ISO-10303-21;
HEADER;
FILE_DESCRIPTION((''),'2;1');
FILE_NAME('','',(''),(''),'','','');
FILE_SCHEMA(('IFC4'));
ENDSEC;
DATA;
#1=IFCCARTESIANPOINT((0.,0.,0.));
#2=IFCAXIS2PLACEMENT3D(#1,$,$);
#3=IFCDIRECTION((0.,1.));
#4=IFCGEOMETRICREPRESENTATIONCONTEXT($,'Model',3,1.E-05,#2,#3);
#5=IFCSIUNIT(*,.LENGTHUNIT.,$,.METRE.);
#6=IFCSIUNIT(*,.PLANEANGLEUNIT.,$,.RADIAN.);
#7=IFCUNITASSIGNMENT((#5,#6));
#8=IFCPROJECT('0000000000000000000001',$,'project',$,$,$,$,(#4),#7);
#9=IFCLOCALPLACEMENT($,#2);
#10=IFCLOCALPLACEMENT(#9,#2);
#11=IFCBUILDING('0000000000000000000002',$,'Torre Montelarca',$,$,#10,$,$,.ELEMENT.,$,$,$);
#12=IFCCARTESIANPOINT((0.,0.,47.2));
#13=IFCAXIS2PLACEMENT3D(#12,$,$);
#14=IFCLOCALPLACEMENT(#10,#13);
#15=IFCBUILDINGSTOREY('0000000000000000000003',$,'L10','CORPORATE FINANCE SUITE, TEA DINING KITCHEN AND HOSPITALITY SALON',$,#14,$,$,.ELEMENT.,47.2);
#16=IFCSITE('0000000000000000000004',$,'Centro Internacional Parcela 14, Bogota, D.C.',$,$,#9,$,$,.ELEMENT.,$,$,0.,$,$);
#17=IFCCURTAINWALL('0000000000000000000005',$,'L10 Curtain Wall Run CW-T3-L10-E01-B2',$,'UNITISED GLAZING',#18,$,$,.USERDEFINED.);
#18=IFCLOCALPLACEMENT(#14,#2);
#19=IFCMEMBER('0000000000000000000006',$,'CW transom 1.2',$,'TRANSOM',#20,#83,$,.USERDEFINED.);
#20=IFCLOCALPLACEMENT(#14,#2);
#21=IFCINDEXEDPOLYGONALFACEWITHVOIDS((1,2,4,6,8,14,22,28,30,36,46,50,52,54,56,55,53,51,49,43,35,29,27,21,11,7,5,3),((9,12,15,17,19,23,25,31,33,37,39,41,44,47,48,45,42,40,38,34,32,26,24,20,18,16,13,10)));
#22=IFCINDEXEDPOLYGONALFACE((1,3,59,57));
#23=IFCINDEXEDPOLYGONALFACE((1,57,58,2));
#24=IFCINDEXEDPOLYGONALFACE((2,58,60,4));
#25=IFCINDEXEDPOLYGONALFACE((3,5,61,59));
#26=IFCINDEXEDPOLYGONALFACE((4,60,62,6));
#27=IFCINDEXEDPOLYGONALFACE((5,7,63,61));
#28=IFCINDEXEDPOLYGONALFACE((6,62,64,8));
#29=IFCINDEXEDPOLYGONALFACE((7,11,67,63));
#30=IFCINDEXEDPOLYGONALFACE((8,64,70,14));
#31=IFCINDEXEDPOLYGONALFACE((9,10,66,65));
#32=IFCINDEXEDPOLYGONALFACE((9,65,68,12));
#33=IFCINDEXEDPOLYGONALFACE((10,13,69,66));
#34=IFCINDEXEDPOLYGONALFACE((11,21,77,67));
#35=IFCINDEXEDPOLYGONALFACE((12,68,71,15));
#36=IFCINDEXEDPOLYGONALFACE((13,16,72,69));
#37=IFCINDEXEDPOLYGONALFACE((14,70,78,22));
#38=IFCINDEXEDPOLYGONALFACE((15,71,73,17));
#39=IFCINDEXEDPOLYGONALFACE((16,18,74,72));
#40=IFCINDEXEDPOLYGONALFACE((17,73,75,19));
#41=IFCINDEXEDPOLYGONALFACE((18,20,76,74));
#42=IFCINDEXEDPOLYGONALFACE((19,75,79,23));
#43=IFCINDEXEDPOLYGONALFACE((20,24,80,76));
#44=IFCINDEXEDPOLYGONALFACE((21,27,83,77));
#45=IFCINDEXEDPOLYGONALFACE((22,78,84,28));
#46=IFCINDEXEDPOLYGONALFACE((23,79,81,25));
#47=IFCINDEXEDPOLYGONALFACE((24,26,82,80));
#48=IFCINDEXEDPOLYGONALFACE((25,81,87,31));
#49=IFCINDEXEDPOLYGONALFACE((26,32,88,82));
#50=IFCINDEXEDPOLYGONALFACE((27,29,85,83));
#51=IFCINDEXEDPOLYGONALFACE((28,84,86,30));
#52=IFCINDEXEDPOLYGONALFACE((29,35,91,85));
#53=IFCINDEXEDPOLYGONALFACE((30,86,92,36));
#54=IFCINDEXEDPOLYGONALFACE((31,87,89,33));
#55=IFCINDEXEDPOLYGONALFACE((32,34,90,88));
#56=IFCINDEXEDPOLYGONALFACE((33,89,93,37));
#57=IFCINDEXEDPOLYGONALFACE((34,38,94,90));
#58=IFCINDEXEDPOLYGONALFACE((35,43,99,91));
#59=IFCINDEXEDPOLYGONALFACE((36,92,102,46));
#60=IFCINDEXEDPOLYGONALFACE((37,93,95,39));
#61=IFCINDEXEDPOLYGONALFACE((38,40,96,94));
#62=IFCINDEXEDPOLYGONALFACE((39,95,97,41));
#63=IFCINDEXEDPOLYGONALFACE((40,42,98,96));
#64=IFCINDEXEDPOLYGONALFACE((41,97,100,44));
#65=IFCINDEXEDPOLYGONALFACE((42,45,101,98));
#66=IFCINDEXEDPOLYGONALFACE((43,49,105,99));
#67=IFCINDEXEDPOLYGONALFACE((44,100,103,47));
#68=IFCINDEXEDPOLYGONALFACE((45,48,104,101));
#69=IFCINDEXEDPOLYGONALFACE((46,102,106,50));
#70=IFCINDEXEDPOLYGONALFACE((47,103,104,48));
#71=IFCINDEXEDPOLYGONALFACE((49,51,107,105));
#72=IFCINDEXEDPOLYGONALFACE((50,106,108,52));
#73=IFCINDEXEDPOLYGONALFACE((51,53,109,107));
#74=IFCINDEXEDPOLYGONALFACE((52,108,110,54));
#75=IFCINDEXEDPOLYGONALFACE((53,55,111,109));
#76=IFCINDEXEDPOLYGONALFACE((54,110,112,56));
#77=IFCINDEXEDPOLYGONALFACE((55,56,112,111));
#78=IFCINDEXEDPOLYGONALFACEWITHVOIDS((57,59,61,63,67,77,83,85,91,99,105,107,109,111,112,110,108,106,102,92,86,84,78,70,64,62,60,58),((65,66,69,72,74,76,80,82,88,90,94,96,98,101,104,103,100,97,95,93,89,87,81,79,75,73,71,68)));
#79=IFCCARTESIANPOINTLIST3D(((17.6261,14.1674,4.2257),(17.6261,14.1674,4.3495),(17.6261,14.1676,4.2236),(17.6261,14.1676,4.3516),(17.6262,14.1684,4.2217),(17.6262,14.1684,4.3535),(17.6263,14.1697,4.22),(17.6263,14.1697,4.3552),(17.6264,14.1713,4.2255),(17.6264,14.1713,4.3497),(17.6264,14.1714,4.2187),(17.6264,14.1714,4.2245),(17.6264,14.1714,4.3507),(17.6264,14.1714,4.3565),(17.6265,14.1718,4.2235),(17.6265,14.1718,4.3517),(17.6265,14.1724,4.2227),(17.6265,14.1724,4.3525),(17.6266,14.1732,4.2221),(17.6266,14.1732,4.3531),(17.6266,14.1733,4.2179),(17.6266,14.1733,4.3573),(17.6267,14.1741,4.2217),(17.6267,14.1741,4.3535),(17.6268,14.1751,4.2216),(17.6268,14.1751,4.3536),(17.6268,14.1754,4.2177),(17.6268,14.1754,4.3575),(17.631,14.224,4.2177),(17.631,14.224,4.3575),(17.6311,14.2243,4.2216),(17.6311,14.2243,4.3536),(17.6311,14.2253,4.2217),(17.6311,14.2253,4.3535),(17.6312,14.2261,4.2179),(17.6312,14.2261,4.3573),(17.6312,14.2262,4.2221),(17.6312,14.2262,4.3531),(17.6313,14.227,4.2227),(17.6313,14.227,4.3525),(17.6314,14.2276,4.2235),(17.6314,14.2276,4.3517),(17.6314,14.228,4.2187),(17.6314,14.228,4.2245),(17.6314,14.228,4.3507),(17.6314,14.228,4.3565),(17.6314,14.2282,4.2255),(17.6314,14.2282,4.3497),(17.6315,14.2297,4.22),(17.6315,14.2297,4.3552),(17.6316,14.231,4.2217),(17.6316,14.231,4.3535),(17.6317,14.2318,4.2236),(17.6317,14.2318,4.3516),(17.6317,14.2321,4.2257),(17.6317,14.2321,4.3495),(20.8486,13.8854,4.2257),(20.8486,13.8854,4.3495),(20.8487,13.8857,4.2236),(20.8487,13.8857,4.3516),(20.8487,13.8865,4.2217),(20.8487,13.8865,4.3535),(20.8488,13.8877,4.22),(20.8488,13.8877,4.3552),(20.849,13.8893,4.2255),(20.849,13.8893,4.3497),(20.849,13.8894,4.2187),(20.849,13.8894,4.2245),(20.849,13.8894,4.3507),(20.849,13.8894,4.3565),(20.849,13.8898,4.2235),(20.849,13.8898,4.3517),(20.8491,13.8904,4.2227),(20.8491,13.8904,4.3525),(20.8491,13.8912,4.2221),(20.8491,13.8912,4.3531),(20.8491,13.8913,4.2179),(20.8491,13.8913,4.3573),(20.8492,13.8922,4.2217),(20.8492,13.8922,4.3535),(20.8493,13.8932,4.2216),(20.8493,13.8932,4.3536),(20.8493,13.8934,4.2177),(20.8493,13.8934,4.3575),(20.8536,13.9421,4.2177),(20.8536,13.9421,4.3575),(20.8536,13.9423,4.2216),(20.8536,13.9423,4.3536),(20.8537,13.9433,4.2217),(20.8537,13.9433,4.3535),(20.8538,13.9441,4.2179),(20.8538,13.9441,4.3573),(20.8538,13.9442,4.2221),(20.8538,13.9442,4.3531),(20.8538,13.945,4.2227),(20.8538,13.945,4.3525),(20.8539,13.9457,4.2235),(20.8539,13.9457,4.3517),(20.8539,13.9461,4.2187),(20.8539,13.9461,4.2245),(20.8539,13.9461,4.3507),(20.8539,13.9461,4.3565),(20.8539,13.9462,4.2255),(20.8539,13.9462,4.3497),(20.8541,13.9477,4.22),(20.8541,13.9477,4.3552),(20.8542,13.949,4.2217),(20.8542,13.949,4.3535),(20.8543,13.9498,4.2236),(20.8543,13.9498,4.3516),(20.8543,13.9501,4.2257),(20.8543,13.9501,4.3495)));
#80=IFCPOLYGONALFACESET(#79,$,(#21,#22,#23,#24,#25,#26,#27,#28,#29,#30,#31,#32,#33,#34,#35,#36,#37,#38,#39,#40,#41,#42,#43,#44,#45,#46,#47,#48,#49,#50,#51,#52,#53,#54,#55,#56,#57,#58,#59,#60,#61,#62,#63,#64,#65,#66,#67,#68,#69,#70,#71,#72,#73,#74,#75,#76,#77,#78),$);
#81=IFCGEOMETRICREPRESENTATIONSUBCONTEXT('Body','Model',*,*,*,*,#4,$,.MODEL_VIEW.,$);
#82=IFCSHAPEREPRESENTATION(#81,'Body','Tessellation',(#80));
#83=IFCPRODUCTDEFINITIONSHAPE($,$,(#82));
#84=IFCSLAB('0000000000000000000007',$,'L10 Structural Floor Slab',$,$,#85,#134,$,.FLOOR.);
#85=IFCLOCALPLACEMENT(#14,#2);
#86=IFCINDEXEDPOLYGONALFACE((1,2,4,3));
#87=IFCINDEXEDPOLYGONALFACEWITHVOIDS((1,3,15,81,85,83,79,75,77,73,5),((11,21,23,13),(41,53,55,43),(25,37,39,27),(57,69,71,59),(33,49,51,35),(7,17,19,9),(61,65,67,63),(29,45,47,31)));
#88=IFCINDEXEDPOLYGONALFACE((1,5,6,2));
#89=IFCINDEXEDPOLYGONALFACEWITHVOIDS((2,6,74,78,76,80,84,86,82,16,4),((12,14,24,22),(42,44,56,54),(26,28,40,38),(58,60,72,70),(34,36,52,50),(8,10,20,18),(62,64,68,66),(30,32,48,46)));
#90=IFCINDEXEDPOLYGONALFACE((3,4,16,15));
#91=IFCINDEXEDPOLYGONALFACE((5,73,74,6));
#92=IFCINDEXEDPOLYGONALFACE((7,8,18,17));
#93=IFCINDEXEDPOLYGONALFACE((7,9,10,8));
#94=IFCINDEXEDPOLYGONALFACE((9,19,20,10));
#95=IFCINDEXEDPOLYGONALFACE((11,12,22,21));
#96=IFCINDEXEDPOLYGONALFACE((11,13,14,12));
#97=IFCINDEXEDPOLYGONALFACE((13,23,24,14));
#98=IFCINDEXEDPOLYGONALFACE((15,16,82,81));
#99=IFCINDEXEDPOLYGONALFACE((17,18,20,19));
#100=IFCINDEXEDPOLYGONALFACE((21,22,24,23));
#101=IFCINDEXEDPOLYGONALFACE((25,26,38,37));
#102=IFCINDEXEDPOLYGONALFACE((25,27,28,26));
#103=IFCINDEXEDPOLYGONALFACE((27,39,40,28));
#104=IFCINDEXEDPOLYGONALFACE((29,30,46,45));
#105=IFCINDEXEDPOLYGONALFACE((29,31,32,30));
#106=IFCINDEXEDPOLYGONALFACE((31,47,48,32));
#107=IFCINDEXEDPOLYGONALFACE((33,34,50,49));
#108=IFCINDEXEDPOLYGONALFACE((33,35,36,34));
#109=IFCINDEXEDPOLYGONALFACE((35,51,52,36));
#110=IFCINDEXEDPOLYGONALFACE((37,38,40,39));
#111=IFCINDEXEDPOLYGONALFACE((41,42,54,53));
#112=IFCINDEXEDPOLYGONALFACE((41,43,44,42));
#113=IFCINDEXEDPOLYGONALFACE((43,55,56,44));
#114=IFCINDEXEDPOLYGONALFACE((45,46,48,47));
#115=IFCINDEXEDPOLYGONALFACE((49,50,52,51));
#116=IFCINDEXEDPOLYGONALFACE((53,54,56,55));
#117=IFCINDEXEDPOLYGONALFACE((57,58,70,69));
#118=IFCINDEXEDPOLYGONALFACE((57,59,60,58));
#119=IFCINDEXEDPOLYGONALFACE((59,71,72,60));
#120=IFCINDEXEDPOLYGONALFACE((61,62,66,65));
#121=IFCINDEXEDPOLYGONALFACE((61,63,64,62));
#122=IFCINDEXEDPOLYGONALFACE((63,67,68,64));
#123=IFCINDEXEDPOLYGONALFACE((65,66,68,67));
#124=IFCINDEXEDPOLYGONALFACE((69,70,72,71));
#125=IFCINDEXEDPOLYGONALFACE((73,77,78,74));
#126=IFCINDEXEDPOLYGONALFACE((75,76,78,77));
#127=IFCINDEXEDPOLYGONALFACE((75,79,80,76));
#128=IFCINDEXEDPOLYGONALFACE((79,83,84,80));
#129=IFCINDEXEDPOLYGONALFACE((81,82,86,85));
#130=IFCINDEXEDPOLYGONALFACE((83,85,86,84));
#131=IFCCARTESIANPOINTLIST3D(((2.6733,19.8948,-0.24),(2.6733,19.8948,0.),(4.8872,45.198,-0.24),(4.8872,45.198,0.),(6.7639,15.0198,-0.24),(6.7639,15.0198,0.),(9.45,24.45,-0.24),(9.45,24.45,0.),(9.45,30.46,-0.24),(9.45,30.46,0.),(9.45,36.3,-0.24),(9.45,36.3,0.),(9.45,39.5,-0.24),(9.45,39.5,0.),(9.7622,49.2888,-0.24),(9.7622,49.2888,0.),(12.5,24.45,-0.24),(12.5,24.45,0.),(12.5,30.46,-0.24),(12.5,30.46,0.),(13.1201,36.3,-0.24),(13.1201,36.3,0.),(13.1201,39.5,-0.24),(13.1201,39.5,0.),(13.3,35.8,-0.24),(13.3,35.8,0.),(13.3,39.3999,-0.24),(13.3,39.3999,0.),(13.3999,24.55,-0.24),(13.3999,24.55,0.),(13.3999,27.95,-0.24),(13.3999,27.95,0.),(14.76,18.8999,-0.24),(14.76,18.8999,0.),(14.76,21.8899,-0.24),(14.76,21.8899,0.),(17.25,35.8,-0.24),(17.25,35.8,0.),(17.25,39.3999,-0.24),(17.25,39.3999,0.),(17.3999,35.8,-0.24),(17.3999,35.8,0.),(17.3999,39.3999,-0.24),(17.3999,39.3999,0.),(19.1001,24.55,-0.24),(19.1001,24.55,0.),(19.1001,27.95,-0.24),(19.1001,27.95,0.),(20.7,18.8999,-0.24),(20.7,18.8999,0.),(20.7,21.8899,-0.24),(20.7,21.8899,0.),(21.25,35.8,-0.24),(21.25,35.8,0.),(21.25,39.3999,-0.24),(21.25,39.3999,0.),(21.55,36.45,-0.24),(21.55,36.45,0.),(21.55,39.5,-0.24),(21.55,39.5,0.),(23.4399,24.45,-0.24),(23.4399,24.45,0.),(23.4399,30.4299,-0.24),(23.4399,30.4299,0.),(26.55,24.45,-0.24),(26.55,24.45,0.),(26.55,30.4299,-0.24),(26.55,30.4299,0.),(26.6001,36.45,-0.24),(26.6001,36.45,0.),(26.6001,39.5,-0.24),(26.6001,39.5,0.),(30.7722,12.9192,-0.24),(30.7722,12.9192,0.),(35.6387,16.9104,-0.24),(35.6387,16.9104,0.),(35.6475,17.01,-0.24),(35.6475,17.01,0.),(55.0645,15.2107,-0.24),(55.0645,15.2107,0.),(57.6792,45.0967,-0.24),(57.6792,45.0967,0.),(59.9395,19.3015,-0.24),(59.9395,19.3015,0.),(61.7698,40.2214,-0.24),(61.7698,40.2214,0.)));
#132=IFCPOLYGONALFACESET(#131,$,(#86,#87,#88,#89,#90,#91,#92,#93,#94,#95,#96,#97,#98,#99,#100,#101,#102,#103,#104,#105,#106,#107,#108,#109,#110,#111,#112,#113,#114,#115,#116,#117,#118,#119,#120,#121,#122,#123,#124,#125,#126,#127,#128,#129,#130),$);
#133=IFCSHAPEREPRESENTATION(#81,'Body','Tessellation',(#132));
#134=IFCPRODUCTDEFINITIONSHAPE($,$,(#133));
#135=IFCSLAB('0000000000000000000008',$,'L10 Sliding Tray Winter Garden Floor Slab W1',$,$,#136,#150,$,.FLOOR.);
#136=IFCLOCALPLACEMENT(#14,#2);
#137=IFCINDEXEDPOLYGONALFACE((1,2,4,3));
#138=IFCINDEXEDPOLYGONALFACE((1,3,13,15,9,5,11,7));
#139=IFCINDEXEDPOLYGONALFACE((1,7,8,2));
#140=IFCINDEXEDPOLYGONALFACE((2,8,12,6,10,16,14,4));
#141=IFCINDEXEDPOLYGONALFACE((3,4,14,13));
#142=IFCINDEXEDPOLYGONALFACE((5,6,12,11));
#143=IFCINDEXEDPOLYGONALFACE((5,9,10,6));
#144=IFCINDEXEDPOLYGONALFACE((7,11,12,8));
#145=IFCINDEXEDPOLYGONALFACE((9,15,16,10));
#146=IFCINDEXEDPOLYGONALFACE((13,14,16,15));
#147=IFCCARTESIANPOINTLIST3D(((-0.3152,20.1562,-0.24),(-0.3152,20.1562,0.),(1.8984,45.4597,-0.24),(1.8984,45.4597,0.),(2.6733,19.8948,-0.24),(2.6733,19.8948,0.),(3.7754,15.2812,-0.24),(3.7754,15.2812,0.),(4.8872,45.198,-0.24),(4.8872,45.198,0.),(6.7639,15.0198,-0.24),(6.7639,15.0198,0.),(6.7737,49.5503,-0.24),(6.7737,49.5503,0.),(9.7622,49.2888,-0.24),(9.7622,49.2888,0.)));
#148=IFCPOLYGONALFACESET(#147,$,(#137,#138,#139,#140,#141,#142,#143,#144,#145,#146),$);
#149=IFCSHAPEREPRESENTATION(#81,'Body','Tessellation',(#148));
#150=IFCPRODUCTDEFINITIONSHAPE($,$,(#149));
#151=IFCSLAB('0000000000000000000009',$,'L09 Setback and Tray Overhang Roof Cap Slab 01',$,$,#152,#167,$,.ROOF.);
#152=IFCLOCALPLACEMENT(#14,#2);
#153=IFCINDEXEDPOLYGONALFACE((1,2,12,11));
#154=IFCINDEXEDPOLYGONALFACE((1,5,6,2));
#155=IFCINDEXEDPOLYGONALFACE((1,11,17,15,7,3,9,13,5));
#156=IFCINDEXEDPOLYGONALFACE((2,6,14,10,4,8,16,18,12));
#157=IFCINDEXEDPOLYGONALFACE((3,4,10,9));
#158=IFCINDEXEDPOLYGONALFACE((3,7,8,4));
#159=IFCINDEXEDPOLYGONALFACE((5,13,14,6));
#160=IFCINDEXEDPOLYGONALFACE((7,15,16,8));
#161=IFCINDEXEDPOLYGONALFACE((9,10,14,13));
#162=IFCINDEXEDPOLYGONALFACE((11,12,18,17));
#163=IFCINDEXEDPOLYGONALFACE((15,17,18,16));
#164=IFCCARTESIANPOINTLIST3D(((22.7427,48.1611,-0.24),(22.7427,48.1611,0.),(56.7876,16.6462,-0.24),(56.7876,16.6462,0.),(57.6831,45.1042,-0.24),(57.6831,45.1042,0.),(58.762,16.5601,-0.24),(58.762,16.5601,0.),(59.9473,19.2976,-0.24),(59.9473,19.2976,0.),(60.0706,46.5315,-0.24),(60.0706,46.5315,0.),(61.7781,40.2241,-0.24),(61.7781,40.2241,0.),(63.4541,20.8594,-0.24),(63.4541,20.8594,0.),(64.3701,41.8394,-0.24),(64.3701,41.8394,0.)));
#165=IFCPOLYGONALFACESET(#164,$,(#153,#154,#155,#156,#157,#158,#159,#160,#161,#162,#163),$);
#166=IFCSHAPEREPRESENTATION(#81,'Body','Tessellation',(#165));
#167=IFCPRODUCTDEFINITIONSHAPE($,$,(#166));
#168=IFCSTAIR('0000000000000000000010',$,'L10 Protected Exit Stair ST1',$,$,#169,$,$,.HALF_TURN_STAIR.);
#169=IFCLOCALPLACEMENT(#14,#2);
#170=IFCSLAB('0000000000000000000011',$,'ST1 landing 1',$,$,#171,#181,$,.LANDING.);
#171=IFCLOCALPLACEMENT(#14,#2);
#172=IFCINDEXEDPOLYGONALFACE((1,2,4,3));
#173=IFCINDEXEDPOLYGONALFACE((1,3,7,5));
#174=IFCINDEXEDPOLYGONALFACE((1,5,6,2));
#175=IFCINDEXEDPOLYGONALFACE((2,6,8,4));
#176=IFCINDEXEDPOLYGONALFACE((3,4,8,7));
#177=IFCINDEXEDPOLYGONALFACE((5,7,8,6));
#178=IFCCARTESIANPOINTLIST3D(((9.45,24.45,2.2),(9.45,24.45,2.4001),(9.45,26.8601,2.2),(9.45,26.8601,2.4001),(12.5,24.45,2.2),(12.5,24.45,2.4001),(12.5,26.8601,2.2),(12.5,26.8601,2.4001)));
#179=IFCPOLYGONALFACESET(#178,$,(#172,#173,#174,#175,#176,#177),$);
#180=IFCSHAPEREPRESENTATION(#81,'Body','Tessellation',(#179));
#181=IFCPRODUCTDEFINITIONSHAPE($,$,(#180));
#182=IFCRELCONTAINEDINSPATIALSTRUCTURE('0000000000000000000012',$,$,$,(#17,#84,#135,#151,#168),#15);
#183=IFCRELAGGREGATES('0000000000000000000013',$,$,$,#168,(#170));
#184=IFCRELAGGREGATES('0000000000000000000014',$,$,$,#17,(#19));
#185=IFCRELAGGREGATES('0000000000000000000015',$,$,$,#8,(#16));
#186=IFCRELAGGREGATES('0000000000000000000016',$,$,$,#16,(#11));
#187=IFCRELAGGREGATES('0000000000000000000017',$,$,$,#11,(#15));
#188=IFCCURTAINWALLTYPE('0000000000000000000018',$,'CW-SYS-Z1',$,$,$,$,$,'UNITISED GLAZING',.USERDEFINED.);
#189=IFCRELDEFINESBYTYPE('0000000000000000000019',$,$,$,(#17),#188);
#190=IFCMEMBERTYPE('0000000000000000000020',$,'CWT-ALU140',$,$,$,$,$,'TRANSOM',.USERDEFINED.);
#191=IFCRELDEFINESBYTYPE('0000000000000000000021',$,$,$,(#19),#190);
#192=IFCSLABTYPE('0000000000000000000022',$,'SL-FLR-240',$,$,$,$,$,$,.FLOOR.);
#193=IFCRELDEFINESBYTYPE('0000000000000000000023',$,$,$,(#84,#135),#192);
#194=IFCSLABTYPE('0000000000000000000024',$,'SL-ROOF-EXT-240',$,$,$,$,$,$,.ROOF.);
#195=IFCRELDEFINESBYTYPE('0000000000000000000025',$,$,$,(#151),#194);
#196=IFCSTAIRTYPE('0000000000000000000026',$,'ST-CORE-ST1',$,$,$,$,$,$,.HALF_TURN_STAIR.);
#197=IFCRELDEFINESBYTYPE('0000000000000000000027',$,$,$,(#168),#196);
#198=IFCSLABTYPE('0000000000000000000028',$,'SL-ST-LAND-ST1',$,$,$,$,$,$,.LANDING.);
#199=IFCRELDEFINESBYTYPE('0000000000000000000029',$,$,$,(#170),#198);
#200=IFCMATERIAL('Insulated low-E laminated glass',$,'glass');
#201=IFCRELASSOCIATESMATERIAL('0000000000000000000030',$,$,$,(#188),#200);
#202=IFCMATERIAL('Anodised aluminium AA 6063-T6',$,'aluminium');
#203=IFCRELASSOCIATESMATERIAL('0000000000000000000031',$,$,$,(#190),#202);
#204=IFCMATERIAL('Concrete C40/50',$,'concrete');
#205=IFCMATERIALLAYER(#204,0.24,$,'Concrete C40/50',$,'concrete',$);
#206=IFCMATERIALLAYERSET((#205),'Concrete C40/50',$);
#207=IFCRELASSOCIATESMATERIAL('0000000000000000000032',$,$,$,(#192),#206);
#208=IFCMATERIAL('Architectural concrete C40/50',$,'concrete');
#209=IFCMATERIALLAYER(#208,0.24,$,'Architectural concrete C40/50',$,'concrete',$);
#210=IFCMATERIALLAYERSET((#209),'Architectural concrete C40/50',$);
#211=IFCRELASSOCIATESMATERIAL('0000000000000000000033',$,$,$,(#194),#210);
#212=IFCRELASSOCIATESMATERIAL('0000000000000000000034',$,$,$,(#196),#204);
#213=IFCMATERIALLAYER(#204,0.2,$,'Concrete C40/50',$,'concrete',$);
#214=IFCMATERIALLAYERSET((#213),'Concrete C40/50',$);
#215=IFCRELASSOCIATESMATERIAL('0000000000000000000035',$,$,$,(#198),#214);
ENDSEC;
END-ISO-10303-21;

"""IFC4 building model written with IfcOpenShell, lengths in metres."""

from ifc_helpers import new_model, si_unit, direction, frame, origin, origin_2d, place, context, subcontext, project, spatial, polyline, hollow_rectangle, outline, extrude, source, transform, mapped, material, layer, layer_set, material_profile, profile_set, type_object, element, aggregate, save


model = new_model("IFC4")

# Units and contexts
model_context = context("Model", 3, precision=1e-05, world=origin(), true_north=direction((0.0, 1.0)))
body_context = subcontext(model_context, "Body", "Model", "MODEL_VIEW")
ifc_project = project(units=[si_unit("LENGTHUNIT", "METRE"), si_unit("PLANEANGLEUNIT", "RADIAN")], contexts=[model_context])

# Site, building, storey
site_placement = place(None, origin())
site = spatial("IfcSite", under=ifc_project, at=site_placement, Name="Centro Internacional Parcela 14, Bogota, D.C.", CompositionType="ELEMENT", RefElevation=0.0)
building_placement = place(site_placement, origin())
building = spatial("IfcBuilding", under=site, at=building_placement, Name="Torre Montelarca", CompositionType="ELEMENT")
storey_placement = place(building_placement, frame((0.0, 0.0, 47.2)))
storey = spatial("IfcBuildingStorey", under=building, at=storey_placement, Name="L10", Description="CORPORATE FINANCE SUITE, TEA DINING KITCHEN AND HOSPITALITY SALON", CompositionType="ELEMENT", Elevation=47.2)

# Curtain wall
ifc_material_1 = material(Name="Insulated low-E laminated glass", Category="glass")
curtain_wall_type = type_object("IfcCurtainWallType", Name="CW-SYS-Z1", ElementType="UNITISED GLAZING", PredefinedType="USERDEFINED", material=ifc_material_1)
ifc_material_2 = material(Name="Anodised aluminium AA 6063-T6", Category="aluminium")
curtain_wall_1_placement = place(storey_placement, origin())
curtain_wall_1 = element("IfcCurtainWall", 1, at=curtain_wall_1_placement, inside=storey, type_object=curtain_wall_type, Name="L10 Curtain Wall Run CW-T3-L10-E01-B2", ObjectType="UNITISED GLAZING", PredefinedType="USERDEFINED")

# Member
ifc_material_profile_1 = material_profile(ifc_material_2, hollow_rectangle(XDim=0.0649, YDim=0.1399, WallThickness=0.0039, InnerFilletRadius=0.0039, OuterFilletRadius=0.0081, at=origin_2d()), Name="ALU65X140X4", Category="aluminium")
ifc_profile_set_1 = profile_set([ifc_material_profile_1], Name="Anodised aluminium AA 6063-T6")
member_type_1 = type_object("IfcMemberType", Name="CWT-ALU140", ElementType="TRANSOM", PredefinedType="USERDEFINED", material=ifc_profile_set_1)
shared_shape_1 = source(origin(), body_context, "Body", "SweptSolid", [
    extrude(hollow_rectangle(XDim=0.0649, YDim=0.1399, WallThickness=0.0039, InnerFilletRadius=0.0039, OuterFilletRadius=0.0081, at=origin_2d()), origin(), (0.0, 0.0, 1.0), 3.2349),
])
member_1_placement = place(storey_placement, frame((17.6289, 14.1997, 4.2876), z_axis=(0.996194, -0.087167, 0.0), x_axis=(0.087167, 0.996194, 0.0)))
member_1 = element("IfcMember", 2, at=member_1_placement, type_object=member_type_1, Name="CW transom 1.2", ObjectType="TRANSOM", PredefinedType="USERDEFINED", context=body_context, shape_type="MappedRepresentation", body=[
    mapped(shared_shape_1, transform((0.0, 0.0, 0.0), scale=1.0)),
])

# Slabs
ifc_material_3 = material(Name="Concrete C40/50", Category="concrete")
ifc_layer_1 = layer(ifc_material_3, 0.24, Name="Concrete C40/50", Category="concrete")
ifc_layer_set_1 = layer_set([ifc_layer_1], Name="Concrete C40/50")
slab_type_1 = type_object("IfcSlabType", Name="SL-FLR-240", PredefinedType="FLOOR", material=ifc_layer_set_1)
slab_1_placement = place(storey_placement, frame((0.0, 0.0, -0.24)))
element("IfcSlab", 3, at=slab_1_placement, inside=storey, type_object=slab_type_1, Name="L10 Structural Floor Slab", PredefinedType="FLOOR", context=body_context, shape_type="SweptSolid", body=[
    extrude(outline(polyline([(30.7722, 12.9192), (35.6475, 17.01), (35.6387, 16.9104), (55.0645, 15.2107), (59.9395, 19.3015), (61.7698, 40.2214), (57.6792, 45.0967), (9.7622, 49.2888), (4.8872, 45.198), (2.6733, 19.8948), (6.7639, 15.0198), (30.7722, 12.9192)]), holes=[polyline([(20.7, 18.8999), (14.76, 18.8999), (14.76, 21.8899), (20.7, 21.8899), (20.7, 18.8999)]), polyline([(19.1001, 24.55), (13.3999, 24.55), (13.3999, 27.95), (19.1001, 27.95), (19.1001, 24.55)]), polyline([(23.4399, 24.45), (23.4399, 30.4299), (26.55, 30.4299), (26.55, 24.45), (23.4399, 24.45)]), polyline([(9.45, 24.45), (9.45, 30.46), (12.5, 30.46), (12.5, 24.45), (9.45, 24.45)]), polyline([(17.25, 35.8), (13.3, 35.8), (13.3, 39.3999), (17.25, 39.3999), (17.25, 35.8)]), polyline([(21.25, 35.8), (17.3999, 35.8), (17.3999, 39.3999), (21.25, 39.3999), (21.25, 35.8)]), polyline([(13.1201, 36.3), (9.45, 36.3), (9.45, 39.5), (13.1201, 39.5), (13.1201, 36.3)]), polyline([(26.6001, 36.45), (21.55, 36.45), (21.55, 39.5), (26.6001, 39.5), (26.6001, 36.45)])]), origin(), (0.0, 0.0, 1.0), 0.24),
])
slab_2_placement = place(storey_placement, frame((0.0, 0.0, -0.24)))
element("IfcSlab", 4, at=slab_2_placement, inside=storey, type_object=slab_type_1, Name="L10 Sliding Tray Winter Garden Floor Slab W1", PredefinedType="FLOOR", context=body_context, shape_type="SweptSolid", body=[
    extrude(outline(polyline([(6.7639, 15.0198), (2.6733, 19.8948), (4.8872, 45.198), (9.7622, 49.2888), (6.7737, 49.5503), (1.8984, 45.4597), (-0.3152, 20.1562), (3.7754, 15.2812), (6.7639, 15.0198)])), origin(), (0.0, 0.0, 1.0), 0.24),
])
ifc_material_4 = material(Name="Architectural concrete C40/50", Category="concrete")
ifc_layer_2 = layer(ifc_material_4, 0.24, Name="Architectural concrete C40/50", Category="concrete")
ifc_layer_set_2 = layer_set([ifc_layer_2], Name="Architectural concrete C40/50")
slab_type_2 = type_object("IfcSlabType", Name="SL-ROOF-EXT-240", PredefinedType="ROOF", material=ifc_layer_set_2)
slab_3_placement = place(storey_placement, frame((0.0, 0.0, -0.24)))
element("IfcSlab", 5, at=slab_3_placement, inside=storey, type_object=slab_type_2, Name="L09 Setback and Tray Overhang Roof Cap Slab 01", PredefinedType="ROOF", context=body_context, shape_type="SweptSolid", body=[
    extrude(outline(polyline([(57.6831, 45.1042), (61.7781, 40.2241), (59.9473, 19.2976), (56.7876, 16.6462), (58.762, 16.5601), (63.4541, 20.8594), (64.3701, 41.8394), (60.0706, 46.5315), (22.7427, 48.1611), (57.6831, 45.1042)])), origin(), (0.0, 0.0, 1.0), 0.24),
])

# Stair, slab
stair_type_1 = type_object("IfcStairType", Name="ST-CORE-ST1", PredefinedType="HALF_TURN_STAIR", material=ifc_material_3)
stair_1_placement = place(storey_placement, origin())
stair_1 = element("IfcStair", 6, at=stair_1_placement, inside=storey, type_object=stair_type_1, Name="L10 Protected Exit Stair ST1", PredefinedType="HALF_TURN_STAIR")
ifc_layer_3 = layer(ifc_material_3, 0.2, Name="Concrete C40/50", Category="concrete")
ifc_layer_set_3 = layer_set([ifc_layer_3], Name="Concrete C40/50")
slab_type_3 = type_object("IfcSlabType", Name="SL-ST-LAND-ST1", PredefinedType="LANDING", material=ifc_layer_set_3)
slab_4_placement = place(storey_placement, frame((0.0, 0.0, 2.2)))
slab_4 = element("IfcSlab", 7, at=slab_4_placement, type_object=slab_type_3, Name="ST1 landing 1", PredefinedType="LANDING", context=body_context, shape_type="SweptSolid", body=[
    extrude(outline(polyline([(9.45, 26.8601), (9.45, 24.45), (12.5, 24.45), (12.5, 26.8601), (9.45, 26.8601)])), origin(), (0.0, 0.0, 1.0), 0.2002),
])
aggregate(stair_1, [slab_4])

aggregate(curtain_wall_1, [member_1])

save(model, "model.ifc")
